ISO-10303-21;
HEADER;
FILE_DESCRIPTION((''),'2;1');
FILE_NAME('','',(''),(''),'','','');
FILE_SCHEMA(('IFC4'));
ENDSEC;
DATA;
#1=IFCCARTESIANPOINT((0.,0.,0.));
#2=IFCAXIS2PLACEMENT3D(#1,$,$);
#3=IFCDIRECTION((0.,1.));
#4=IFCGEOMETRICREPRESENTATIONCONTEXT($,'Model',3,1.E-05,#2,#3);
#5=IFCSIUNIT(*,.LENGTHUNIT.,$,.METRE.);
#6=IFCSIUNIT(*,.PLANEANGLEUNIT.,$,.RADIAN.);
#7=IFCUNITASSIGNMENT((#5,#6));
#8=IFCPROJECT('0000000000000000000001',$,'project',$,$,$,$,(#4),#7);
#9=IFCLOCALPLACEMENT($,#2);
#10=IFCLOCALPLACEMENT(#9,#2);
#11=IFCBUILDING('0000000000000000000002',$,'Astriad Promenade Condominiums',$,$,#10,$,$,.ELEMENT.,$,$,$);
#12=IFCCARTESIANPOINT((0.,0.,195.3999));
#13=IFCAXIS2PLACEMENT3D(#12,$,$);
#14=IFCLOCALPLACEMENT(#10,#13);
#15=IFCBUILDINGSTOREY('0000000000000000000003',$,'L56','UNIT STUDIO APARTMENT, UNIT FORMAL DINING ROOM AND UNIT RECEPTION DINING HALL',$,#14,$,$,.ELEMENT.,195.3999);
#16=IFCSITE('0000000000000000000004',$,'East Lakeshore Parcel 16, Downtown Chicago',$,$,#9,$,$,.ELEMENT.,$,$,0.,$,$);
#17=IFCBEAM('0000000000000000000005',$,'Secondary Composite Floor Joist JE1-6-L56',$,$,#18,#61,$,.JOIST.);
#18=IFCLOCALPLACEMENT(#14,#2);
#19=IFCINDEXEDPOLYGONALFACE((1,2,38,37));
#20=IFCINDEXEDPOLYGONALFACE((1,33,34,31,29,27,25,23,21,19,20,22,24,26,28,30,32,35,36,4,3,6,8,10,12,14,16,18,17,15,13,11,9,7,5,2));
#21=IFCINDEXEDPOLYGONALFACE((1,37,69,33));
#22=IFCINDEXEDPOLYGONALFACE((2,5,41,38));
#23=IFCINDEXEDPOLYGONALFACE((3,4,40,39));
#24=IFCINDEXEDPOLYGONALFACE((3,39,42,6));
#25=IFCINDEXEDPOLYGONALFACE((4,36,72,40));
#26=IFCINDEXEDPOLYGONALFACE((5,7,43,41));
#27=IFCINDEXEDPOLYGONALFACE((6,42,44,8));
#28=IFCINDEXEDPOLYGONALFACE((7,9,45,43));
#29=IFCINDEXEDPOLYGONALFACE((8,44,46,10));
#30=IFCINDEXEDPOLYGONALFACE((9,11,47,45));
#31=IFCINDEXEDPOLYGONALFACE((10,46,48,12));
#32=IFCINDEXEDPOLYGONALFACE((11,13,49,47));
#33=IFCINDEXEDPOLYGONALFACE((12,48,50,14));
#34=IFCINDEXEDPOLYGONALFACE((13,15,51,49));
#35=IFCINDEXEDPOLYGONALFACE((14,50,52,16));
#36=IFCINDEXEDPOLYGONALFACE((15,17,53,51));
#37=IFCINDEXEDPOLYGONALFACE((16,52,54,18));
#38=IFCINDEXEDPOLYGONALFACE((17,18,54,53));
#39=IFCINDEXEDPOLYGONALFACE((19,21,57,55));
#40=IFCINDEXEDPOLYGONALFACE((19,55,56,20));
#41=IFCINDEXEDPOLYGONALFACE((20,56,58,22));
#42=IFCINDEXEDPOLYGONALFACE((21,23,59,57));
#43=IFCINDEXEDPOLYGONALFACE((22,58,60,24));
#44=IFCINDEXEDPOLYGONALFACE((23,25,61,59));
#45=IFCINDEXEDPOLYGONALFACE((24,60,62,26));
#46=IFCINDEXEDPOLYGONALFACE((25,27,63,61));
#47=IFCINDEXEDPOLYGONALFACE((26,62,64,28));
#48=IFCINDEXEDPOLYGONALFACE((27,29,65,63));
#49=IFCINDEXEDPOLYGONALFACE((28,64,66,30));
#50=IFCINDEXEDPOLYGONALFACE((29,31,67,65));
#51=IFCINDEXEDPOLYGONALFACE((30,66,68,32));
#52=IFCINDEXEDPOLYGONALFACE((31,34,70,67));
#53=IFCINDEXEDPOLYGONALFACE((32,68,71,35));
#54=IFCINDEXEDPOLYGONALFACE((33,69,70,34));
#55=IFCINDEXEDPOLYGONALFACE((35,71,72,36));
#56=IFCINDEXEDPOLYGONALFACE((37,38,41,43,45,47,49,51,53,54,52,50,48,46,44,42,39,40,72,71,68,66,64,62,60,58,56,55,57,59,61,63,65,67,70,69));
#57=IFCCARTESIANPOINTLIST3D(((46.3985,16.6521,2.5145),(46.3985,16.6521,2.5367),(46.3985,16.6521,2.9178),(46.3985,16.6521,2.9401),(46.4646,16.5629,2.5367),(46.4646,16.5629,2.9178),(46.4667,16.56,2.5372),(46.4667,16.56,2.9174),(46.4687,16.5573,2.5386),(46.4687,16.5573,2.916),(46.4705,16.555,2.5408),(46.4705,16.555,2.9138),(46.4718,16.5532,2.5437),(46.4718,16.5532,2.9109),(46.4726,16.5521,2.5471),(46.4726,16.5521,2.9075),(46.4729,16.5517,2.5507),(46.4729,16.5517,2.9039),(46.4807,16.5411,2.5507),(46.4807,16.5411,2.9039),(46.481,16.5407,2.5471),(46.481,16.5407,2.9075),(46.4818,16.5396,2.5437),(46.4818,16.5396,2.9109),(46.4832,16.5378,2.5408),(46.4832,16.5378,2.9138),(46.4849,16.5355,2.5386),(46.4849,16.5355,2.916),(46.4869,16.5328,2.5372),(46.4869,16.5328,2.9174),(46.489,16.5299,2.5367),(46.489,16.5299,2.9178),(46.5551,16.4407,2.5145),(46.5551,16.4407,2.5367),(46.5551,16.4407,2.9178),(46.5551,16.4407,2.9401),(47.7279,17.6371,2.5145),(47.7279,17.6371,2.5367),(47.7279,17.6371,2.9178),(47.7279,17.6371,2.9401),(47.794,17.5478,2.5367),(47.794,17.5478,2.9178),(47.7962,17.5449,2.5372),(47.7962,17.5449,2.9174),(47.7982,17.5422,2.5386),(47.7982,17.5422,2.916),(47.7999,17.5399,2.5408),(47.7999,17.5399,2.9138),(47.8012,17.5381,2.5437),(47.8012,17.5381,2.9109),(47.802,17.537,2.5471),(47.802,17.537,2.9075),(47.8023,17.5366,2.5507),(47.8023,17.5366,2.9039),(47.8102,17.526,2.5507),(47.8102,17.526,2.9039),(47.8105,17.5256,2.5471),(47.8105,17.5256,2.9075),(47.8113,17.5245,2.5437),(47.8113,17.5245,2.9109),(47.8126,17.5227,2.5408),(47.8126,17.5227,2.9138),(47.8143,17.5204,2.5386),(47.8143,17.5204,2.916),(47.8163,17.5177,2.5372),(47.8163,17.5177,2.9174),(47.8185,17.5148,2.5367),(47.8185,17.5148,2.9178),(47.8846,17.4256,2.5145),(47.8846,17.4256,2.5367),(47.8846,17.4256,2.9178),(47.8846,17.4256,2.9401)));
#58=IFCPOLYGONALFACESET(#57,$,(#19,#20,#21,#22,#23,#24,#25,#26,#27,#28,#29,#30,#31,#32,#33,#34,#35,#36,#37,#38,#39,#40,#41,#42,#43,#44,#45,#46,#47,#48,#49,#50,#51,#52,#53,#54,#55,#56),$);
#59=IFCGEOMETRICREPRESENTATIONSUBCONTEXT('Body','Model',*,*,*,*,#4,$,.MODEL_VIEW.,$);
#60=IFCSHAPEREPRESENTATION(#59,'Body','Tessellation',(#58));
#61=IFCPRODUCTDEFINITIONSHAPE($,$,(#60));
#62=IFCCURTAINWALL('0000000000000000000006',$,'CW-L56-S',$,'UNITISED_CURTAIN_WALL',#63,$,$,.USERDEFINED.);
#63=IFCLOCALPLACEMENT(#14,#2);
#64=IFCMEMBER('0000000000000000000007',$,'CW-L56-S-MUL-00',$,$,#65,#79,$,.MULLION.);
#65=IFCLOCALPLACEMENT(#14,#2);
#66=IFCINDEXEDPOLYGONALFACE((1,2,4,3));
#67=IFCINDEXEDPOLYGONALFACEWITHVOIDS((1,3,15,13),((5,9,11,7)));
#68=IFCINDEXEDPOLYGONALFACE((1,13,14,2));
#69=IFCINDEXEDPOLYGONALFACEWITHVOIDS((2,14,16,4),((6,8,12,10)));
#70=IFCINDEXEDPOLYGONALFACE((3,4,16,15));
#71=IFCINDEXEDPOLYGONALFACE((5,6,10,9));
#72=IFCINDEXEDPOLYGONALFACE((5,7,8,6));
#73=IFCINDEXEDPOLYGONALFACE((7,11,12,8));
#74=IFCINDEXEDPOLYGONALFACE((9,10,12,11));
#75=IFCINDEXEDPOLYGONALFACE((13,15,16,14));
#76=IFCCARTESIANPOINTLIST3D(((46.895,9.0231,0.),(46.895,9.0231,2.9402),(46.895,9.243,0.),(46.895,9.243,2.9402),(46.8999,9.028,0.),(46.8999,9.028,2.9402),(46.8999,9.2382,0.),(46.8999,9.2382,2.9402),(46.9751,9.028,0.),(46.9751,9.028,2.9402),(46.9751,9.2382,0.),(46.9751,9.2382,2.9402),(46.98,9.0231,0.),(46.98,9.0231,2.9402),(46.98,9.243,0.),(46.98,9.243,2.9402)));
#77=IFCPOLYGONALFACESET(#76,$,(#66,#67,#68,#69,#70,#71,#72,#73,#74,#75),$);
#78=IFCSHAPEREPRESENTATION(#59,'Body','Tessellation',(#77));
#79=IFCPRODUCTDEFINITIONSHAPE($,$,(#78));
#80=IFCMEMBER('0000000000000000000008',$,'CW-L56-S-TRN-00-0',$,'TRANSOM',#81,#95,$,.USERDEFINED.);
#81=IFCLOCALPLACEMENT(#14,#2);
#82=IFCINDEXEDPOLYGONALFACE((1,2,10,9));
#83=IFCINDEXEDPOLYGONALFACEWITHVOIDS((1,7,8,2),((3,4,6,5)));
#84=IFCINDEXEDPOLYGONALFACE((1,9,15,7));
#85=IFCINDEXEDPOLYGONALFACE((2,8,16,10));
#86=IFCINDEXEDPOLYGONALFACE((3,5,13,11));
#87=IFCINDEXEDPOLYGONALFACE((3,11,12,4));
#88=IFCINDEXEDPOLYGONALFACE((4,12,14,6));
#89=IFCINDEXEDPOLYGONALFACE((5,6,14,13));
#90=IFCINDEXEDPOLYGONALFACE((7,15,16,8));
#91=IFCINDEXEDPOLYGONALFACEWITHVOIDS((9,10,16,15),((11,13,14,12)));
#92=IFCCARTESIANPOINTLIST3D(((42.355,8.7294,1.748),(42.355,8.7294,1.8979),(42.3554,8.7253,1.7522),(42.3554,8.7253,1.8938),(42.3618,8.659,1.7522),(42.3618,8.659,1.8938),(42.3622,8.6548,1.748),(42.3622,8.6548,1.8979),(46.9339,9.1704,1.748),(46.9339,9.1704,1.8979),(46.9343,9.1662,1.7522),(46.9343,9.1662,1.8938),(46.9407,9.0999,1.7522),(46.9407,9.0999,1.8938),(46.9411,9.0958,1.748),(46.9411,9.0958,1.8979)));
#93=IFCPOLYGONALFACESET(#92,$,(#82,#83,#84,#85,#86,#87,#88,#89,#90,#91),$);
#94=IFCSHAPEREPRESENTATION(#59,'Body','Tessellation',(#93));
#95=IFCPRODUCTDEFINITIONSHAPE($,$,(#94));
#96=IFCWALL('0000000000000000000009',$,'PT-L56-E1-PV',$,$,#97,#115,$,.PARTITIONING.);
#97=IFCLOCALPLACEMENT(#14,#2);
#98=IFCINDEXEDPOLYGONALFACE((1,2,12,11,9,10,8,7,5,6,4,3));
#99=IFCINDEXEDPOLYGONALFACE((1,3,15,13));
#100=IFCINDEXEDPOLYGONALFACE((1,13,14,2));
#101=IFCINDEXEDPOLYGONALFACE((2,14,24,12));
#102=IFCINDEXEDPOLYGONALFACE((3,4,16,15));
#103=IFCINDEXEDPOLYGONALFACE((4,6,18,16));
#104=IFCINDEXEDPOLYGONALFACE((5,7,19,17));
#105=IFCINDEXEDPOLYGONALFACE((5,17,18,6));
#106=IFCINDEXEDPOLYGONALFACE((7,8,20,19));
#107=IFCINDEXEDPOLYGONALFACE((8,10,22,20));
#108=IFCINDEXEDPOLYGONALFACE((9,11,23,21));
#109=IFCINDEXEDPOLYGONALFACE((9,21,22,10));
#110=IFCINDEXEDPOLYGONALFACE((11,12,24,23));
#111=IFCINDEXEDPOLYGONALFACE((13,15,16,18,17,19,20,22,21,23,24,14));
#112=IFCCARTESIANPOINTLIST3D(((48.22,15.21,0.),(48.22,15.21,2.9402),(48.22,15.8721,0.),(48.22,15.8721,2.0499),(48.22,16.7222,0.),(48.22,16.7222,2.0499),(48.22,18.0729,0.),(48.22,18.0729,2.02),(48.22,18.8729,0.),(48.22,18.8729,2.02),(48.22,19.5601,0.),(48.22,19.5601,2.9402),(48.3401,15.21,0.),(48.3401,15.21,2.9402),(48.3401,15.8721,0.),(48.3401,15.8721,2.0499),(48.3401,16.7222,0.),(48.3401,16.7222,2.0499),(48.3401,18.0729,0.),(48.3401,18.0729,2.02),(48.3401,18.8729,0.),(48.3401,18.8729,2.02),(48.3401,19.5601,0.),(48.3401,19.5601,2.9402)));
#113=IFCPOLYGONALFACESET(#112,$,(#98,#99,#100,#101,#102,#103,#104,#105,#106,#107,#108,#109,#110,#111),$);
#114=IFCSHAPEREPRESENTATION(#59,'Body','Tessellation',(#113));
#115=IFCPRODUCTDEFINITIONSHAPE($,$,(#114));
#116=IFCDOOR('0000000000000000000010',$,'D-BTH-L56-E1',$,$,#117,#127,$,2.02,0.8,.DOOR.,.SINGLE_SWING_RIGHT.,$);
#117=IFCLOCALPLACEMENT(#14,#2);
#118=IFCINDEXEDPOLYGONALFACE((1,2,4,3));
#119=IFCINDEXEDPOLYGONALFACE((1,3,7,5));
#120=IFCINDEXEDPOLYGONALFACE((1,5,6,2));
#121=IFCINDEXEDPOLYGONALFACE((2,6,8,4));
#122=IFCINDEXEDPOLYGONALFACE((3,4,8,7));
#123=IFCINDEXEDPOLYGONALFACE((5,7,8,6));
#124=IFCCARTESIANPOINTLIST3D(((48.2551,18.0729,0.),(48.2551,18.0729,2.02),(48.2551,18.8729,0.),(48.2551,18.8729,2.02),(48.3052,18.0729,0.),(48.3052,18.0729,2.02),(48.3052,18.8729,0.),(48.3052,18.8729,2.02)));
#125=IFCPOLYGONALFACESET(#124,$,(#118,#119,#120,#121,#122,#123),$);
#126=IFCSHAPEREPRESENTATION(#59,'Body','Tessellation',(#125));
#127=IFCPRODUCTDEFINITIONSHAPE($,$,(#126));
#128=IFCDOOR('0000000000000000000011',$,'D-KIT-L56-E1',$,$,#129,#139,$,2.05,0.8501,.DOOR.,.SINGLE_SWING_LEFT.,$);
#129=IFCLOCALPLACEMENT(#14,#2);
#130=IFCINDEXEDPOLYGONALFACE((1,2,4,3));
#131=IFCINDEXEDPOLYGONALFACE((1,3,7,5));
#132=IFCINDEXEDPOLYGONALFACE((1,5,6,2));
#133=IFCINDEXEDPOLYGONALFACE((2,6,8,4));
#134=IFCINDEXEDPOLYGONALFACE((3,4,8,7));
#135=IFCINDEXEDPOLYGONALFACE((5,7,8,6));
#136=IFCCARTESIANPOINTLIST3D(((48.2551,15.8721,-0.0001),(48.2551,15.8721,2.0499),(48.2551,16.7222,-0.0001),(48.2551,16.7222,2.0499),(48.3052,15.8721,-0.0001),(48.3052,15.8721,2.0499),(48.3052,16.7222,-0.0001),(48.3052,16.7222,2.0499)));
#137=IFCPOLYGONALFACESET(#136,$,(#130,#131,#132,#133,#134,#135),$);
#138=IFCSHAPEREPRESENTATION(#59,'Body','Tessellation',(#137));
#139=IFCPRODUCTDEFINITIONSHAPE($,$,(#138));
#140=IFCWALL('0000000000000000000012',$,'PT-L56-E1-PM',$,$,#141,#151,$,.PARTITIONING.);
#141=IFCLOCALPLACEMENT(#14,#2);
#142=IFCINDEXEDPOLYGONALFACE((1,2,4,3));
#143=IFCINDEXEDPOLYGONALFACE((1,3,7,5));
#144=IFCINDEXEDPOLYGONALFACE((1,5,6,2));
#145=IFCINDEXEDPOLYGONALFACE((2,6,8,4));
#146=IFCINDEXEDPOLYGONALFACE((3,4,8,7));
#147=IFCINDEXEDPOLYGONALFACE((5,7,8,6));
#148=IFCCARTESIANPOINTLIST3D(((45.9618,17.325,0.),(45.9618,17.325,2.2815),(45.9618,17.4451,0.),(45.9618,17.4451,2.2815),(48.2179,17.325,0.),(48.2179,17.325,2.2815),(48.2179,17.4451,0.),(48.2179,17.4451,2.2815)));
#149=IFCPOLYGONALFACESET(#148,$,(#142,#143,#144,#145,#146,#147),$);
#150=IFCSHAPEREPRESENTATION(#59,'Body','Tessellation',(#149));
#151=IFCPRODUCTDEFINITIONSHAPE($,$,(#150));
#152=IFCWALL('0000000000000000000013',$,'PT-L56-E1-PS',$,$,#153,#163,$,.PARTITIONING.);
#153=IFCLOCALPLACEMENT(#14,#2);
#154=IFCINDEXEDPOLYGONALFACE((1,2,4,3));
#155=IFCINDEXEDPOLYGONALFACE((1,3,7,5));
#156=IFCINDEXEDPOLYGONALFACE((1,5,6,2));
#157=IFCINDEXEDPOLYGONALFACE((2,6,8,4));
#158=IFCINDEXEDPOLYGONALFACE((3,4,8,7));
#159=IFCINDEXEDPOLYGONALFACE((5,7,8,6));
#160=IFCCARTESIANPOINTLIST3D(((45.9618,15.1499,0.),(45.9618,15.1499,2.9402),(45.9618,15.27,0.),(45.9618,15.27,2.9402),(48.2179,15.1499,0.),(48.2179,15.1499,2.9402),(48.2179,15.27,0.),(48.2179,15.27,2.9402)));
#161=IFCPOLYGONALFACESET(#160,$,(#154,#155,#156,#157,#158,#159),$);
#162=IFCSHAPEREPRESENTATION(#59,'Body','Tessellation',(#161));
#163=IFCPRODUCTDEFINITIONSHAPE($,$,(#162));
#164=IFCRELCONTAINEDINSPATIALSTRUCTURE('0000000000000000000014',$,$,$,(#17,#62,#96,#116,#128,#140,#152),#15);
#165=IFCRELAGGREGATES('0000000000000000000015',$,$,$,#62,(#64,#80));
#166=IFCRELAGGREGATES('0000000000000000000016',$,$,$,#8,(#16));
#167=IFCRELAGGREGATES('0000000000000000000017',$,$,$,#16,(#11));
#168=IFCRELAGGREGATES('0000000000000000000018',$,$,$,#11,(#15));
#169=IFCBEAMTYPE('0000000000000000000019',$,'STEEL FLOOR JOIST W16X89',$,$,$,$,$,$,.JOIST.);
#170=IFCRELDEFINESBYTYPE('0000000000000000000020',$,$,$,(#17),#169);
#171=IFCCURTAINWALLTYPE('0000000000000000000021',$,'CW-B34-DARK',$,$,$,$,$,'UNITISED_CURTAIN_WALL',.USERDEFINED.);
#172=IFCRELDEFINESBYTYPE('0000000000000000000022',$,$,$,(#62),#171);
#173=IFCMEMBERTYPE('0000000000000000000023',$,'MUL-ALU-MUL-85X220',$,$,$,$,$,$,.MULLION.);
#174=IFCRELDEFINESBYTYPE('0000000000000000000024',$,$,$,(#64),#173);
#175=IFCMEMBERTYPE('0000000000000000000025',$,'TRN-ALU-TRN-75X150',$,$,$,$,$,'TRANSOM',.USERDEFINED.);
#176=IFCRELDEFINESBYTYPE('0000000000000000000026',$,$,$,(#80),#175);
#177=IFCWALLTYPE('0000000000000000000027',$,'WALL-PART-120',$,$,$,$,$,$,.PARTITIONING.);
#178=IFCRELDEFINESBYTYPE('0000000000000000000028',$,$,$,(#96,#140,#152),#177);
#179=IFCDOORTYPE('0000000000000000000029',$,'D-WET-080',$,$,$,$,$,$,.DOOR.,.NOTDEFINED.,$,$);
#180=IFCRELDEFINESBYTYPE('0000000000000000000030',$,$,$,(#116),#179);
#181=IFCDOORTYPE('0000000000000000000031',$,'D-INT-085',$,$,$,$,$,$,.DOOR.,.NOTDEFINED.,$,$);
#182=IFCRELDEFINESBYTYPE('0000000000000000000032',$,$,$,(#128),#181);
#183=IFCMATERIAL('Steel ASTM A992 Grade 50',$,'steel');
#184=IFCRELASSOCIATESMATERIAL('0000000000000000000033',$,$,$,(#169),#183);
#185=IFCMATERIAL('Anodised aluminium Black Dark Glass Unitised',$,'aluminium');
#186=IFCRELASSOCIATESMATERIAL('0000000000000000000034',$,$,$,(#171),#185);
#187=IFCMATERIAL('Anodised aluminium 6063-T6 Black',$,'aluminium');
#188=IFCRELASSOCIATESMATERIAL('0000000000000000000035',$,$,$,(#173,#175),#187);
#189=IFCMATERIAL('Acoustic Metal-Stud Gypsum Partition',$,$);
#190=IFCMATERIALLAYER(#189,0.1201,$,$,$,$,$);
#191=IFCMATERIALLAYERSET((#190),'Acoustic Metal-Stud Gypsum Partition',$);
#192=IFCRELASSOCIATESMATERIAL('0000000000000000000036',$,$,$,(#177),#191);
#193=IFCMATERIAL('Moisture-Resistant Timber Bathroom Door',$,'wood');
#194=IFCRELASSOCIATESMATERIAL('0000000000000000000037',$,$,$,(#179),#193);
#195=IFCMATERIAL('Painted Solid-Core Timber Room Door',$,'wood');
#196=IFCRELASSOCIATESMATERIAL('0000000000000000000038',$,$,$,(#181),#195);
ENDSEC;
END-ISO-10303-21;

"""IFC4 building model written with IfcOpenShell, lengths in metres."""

from ifc_helpers import new_model, si_unit, direction, frame, frame_2d, origin, origin_2d, place, context, subcontext, project, spatial, rectangle, hollow_rectangle, i_section, extrude, source, transform, mapped, material, layer, layer_set, material_profile, profile_set, type_object, type_shapes, element, fill, aggregate, save


model = new_model("IFC4")

# Units and contexts
model_context = context("Model", 3, precision=1e-05, world=origin(), true_north=direction((0.0, 1.0)))
body_context = subcontext(model_context, "Body", "Model", "MODEL_VIEW")
ifc_project = project(units=[si_unit("LENGTHUNIT", "METRE"), si_unit("PLANEANGLEUNIT", "RADIAN")], contexts=[model_context])

# Site, building, storey
site_placement = place(None, origin())
site = spatial("IfcSite", under=ifc_project, at=site_placement, Name="East Lakeshore Parcel 16, Downtown Chicago", CompositionType="ELEMENT", RefElevation=0.0)
building_placement = place(site_placement, origin())
building = spatial("IfcBuilding", under=site, at=building_placement, Name="Astriad Promenade Condominiums", CompositionType="ELEMENT")
storey_placement = place(building_placement, frame((0.0, 0.0, 195.3999)))
storey = spatial("IfcBuildingStorey", under=building, at=storey_placement, Name="L56", Description="UNIT STUDIO APARTMENT, UNIT FORMAL DINING ROOM AND UNIT RECEPTION DINING HALL", CompositionType="ELEMENT", Elevation=195.3999)

# Beam
ifc_material_1 = material(Name="Steel ASTM A992 Grade 50", Category="steel")
ifc_material_profile_1 = material_profile(ifc_material_1, i_section(OverallWidth=0.2632, OverallDepth=0.4255, WebThickness=0.0132, FlangeThickness=0.0222, FilletRadius=0.0139, at=origin_2d()), Name="W16X89")
ifc_profile_set_1 = profile_set([ifc_material_profile_1], Name="Steel ASTM A992 Grade 50")
beam_type_1 = type_object("IfcBeamType", Name="STEEL FLOOR JOIST W16X89", PredefinedType="JOIST", material=ifc_profile_set_1)
shared_shape_1 = source(origin(), body_context, "Body", "SweptSolid", [
    extrude(i_section(OverallWidth=0.2632, OverallDepth=0.4255, WebThickness=0.0132, FlangeThickness=0.0222, FilletRadius=0.0139, at=origin_2d()), origin(), (0.0, 0.0, 1.0), 1.6545),
])
beam_1_placement = place(storey_placement, frame((46.4768, 16.5464, 2.7273), z_axis=(0.80351, 0.595291, 0.0), x_axis=(-0.595291, 0.80351, 0.0)))
element("IfcBeam", 1, at=beam_1_placement, inside=storey, type_object=beam_type_1, Name="Secondary Composite Floor Joist JE1-6-L56", PredefinedType="JOIST", context=body_context, shape_type="MappedRepresentation", body=[
    mapped(shared_shape_1, transform((0.0, 0.0, 0.0), scale=1.0)),
])

# Curtain wall, members
ifc_material_2 = material(Name="Anodised aluminium Black Dark Glass Unitised", Category="aluminium")
curtain_wall_type = type_object("IfcCurtainWallType", Name="CW-B34-DARK", ElementType="UNITISED_CURTAIN_WALL", PredefinedType="USERDEFINED", material=ifc_material_2)
curtain_wall_placement = place(storey_placement, origin())
curtain_wall = element("IfcCurtainWall", 2, at=curtain_wall_placement, inside=storey, type_object=curtain_wall_type, Name="CW-L56-S", ObjectType="UNITISED_CURTAIN_WALL", PredefinedType="USERDEFINED")
ifc_material_3 = material(Name="Anodised aluminium 6063-T6 Black", Category="aluminium")
ifc_material_profile_2 = material_profile(ifc_material_3, hollow_rectangle(XDim=0.085, YDim=0.22, WallThickness=0.0049, at=origin_2d()), Name="ALU-MUL-85X220")
ifc_profile_set_2 = profile_set([ifc_material_profile_2], Name="Anodised aluminium 6063-T6 Black")
member_type_1 = type_object("IfcMemberType", Name="MUL-ALU-MUL-85X220", PredefinedType="MULLION", material=ifc_profile_set_2)
shared_shape_2 = source(origin(), body_context, "Body", "SweptSolid", [
    extrude(hollow_rectangle(XDim=0.085, YDim=0.22, WallThickness=0.0049, at=origin_2d()), origin(), (0.0, 0.0, 1.0), 2.9402),
])
type_shapes(member_type_1, [shared_shape_2])
member_1_placement = place(storey_placement, frame((46.9375, 9.1331, 0.0), z_axis=(0.0, 0.0, 1.0), x_axis=(1.0, 0.0, 0.0)))
member_1 = element("IfcMember", 3, at=member_1_placement, type_object=member_type_1, Name="CW-L56-S-MUL-00", PredefinedType="MULLION", context=body_context, shape_type="MappedRepresentation", body=[
    mapped(shared_shape_2, transform((0.0, 0.0, 0.0), scale=1.0)),
])
ifc_material_profile_3 = material_profile(ifc_material_3, hollow_rectangle(XDim=0.075, YDim=0.1499, WallThickness=0.0042, at=origin_2d()), Name="ALU-TRN-75X150")
ifc_profile_set_3 = profile_set([ifc_material_profile_3], Name="Anodised aluminium 6063-T6 Black")
member_type_2 = type_object("IfcMemberType", Name="TRN-ALU-TRN-75X150", ElementType="TRANSOM", PredefinedType="USERDEFINED", material=ifc_profile_set_3)
shared_shape_3 = source(origin(), body_context, "Body", "SweptSolid", [
    extrude(hollow_rectangle(XDim=0.075, YDim=0.1499, WallThickness=0.0042, at=origin_2d()), origin(), (0.0, 0.0, 1.0), 4.6001),
])
type_shapes(member_type_2, [shared_shape_3])
member_2_placement = place(storey_placement, frame((46.9375, 9.1331, 1.823), z_axis=(-0.995396, -0.095851, 0.0), x_axis=(0.095851, -0.995396, 0.0)))
member_2 = element("IfcMember", 4, at=member_2_placement, type_object=member_type_2, Name="CW-L56-S-TRN-00-0", ObjectType="TRANSOM", PredefinedType="USERDEFINED", context=body_context, shape_type="MappedRepresentation", body=[
    mapped(shared_shape_3, transform((0.0, 0.0, 0.0), scale=1.0)),
])
aggregate(curtain_wall, [member_1, member_2])

# Wall, openings, doors
ifc_material_4 = material(Name="Acoustic Metal-Stud Gypsum Partition")
ifc_layer = layer(ifc_material_4, 0.1201)
ifc_layer_set = layer_set([ifc_layer], Name="Acoustic Metal-Stud Gypsum Partition")
wall_type = type_object("IfcWallType", Name="WALL-PART-120", PredefinedType="PARTITIONING", material=ifc_layer_set)
wall_1_placement = place(storey_placement, frame((48.28, 15.21, 0.0), z_axis=(0.0, 0.0, 1.0), x_axis=(0.0, 1.0, 0.0)))
wall_1 = element("IfcWall", 5, at=wall_1_placement, inside=storey, type_object=wall_type, Name="PT-L56-E1-PV", PredefinedType="PARTITIONING", context=body_context, shape_type="SweptSolid", body=[
    extrude(rectangle(XDim=4.3501, YDim=0.1201, at=frame_2d((2.175, 0.0))), origin(), (0.0, 0.0, 1.0), 2.9402),
])
opening_1_placement = place(wall_1_placement, frame((0.6621, 0.0, 0.0)))
opening_1 = element("IfcOpeningElement", 6, at=opening_1_placement, cuts=wall_1, PredefinedType="OPENING", context=body_context, shape_type="SweptSolid", body=[
    extrude(rectangle(XDim=0.8501, YDim=2.05, at=frame_2d((0.425, 1.0249))), frame((0.0, 0.0701, 0.0), z_axis=(0.0, -1.0, 0.0), x_axis=(1.0, 0.0, 0.0)), (0.0, 0.0, 1.0), 0.1401),
])
opening_2_placement = place(wall_1_placement, frame((2.863, 0.0, 0.0)))
opening_2 = element("IfcOpeningElement", 7, at=opening_2_placement, cuts=wall_1, PredefinedType="OPENING", context=body_context, shape_type="SweptSolid", body=[
    extrude(rectangle(XDim=0.8, YDim=2.02, at=frame_2d((0.3999, 1.01))), frame((0.0, 0.0701, 0.0), z_axis=(0.0, -1.0, 0.0), x_axis=(1.0, 0.0, 0.0)), (0.0, 0.0, 1.0), 0.1401),
])
ifc_material_5 = material(Name="Moisture-Resistant Timber Bathroom Door", Category="wood")
door_type_1 = type_object("IfcDoorType", Name="D-WET-080", OperationType="NOTDEFINED", PredefinedType="DOOR", material=ifc_material_5)
shared_shape_4 = source(origin(), body_context, "Body", "SweptSolid", [
    extrude(rectangle(XDim=0.8, YDim=2.02, at=frame_2d((0.3999, 1.01))), frame((0.0, 0.0249, 0.0), z_axis=(0.0, -1.0, 0.0), x_axis=(1.0, 0.0, 0.0)), (0.0, 0.0, 1.0), 0.05),
])
type_shapes(door_type_1, [shared_shape_4])
door_1_placement = place(opening_2_placement, origin())
door_1 = element("IfcDoor", 8, at=door_1_placement, inside=storey, type_object=door_type_1, Name="D-BTH-L56-E1", OperationType="SINGLE_SWING_RIGHT", OverallHeight=2.02, OverallWidth=0.8, PredefinedType="DOOR", context=body_context, shape_type="MappedRepresentation", body=[
    mapped(shared_shape_4, transform((0.0, 0.0, 0.0), scale=1.0)),
])
fill(opening_2, door_1)
ifc_material_6 = material(Name="Painted Solid-Core Timber Room Door", Category="wood")
door_type_2 = type_object("IfcDoorType", Name="D-INT-085", OperationType="NOTDEFINED", PredefinedType="DOOR", material=ifc_material_6)
shared_shape_5 = source(origin(), body_context, "Body", "SweptSolid", [
    extrude(rectangle(XDim=0.8501, YDim=2.05, at=frame_2d((0.425, 1.0249))), frame((0.0, 0.0249, 0.0), z_axis=(0.0, -1.0, 0.0), x_axis=(1.0, 0.0, 0.0)), (0.0, 0.0, 1.0), 0.05),
])
type_shapes(door_type_2, [shared_shape_5])
door_2_placement = place(opening_1_placement, origin())
door_2 = element("IfcDoor", 9, at=door_2_placement, inside=storey, type_object=door_type_2, Name="D-KIT-L56-E1", OperationType="SINGLE_SWING_LEFT", OverallHeight=2.05, OverallWidth=0.8501, PredefinedType="DOOR", context=body_context, shape_type="MappedRepresentation", body=[
    mapped(shared_shape_5, transform((0.0, 0.0, 0.0), scale=1.0)),
])
fill(opening_1, door_2)

# Walls
wall_2_placement = place(storey_placement, frame((45.9619, 17.385, 0.0), z_axis=(0.0, 0.0, 1.0), x_axis=(1.0, 0.0, 0.0)))
element("IfcWall", 10, at=wall_2_placement, inside=storey, type_object=wall_type, Name="PT-L56-E1-PM", PredefinedType="PARTITIONING", context=body_context, shape_type="SweptSolid", body=[
    extrude(rectangle(XDim=2.2561, YDim=0.1201, at=frame_2d((1.1279, 0.0))), origin(), (0.0, 0.0, 1.0), 2.2815),
])
wall_3_placement = place(storey_placement, frame((45.9619, 15.21, 0.0), z_axis=(0.0, 0.0, 1.0), x_axis=(1.0, 0.0, 0.0)))
element("IfcWall", 11, at=wall_3_placement, inside=storey, type_object=wall_type, Name="PT-L56-E1-PS", PredefinedType="PARTITIONING", context=body_context, shape_type="SweptSolid", body=[
    extrude(rectangle(XDim=2.2561, YDim=0.1201, at=frame_2d((1.1279, 0.0))), origin(), (0.0, 0.0, 1.0), 2.9402),
])

save(model, "model.ifc")
